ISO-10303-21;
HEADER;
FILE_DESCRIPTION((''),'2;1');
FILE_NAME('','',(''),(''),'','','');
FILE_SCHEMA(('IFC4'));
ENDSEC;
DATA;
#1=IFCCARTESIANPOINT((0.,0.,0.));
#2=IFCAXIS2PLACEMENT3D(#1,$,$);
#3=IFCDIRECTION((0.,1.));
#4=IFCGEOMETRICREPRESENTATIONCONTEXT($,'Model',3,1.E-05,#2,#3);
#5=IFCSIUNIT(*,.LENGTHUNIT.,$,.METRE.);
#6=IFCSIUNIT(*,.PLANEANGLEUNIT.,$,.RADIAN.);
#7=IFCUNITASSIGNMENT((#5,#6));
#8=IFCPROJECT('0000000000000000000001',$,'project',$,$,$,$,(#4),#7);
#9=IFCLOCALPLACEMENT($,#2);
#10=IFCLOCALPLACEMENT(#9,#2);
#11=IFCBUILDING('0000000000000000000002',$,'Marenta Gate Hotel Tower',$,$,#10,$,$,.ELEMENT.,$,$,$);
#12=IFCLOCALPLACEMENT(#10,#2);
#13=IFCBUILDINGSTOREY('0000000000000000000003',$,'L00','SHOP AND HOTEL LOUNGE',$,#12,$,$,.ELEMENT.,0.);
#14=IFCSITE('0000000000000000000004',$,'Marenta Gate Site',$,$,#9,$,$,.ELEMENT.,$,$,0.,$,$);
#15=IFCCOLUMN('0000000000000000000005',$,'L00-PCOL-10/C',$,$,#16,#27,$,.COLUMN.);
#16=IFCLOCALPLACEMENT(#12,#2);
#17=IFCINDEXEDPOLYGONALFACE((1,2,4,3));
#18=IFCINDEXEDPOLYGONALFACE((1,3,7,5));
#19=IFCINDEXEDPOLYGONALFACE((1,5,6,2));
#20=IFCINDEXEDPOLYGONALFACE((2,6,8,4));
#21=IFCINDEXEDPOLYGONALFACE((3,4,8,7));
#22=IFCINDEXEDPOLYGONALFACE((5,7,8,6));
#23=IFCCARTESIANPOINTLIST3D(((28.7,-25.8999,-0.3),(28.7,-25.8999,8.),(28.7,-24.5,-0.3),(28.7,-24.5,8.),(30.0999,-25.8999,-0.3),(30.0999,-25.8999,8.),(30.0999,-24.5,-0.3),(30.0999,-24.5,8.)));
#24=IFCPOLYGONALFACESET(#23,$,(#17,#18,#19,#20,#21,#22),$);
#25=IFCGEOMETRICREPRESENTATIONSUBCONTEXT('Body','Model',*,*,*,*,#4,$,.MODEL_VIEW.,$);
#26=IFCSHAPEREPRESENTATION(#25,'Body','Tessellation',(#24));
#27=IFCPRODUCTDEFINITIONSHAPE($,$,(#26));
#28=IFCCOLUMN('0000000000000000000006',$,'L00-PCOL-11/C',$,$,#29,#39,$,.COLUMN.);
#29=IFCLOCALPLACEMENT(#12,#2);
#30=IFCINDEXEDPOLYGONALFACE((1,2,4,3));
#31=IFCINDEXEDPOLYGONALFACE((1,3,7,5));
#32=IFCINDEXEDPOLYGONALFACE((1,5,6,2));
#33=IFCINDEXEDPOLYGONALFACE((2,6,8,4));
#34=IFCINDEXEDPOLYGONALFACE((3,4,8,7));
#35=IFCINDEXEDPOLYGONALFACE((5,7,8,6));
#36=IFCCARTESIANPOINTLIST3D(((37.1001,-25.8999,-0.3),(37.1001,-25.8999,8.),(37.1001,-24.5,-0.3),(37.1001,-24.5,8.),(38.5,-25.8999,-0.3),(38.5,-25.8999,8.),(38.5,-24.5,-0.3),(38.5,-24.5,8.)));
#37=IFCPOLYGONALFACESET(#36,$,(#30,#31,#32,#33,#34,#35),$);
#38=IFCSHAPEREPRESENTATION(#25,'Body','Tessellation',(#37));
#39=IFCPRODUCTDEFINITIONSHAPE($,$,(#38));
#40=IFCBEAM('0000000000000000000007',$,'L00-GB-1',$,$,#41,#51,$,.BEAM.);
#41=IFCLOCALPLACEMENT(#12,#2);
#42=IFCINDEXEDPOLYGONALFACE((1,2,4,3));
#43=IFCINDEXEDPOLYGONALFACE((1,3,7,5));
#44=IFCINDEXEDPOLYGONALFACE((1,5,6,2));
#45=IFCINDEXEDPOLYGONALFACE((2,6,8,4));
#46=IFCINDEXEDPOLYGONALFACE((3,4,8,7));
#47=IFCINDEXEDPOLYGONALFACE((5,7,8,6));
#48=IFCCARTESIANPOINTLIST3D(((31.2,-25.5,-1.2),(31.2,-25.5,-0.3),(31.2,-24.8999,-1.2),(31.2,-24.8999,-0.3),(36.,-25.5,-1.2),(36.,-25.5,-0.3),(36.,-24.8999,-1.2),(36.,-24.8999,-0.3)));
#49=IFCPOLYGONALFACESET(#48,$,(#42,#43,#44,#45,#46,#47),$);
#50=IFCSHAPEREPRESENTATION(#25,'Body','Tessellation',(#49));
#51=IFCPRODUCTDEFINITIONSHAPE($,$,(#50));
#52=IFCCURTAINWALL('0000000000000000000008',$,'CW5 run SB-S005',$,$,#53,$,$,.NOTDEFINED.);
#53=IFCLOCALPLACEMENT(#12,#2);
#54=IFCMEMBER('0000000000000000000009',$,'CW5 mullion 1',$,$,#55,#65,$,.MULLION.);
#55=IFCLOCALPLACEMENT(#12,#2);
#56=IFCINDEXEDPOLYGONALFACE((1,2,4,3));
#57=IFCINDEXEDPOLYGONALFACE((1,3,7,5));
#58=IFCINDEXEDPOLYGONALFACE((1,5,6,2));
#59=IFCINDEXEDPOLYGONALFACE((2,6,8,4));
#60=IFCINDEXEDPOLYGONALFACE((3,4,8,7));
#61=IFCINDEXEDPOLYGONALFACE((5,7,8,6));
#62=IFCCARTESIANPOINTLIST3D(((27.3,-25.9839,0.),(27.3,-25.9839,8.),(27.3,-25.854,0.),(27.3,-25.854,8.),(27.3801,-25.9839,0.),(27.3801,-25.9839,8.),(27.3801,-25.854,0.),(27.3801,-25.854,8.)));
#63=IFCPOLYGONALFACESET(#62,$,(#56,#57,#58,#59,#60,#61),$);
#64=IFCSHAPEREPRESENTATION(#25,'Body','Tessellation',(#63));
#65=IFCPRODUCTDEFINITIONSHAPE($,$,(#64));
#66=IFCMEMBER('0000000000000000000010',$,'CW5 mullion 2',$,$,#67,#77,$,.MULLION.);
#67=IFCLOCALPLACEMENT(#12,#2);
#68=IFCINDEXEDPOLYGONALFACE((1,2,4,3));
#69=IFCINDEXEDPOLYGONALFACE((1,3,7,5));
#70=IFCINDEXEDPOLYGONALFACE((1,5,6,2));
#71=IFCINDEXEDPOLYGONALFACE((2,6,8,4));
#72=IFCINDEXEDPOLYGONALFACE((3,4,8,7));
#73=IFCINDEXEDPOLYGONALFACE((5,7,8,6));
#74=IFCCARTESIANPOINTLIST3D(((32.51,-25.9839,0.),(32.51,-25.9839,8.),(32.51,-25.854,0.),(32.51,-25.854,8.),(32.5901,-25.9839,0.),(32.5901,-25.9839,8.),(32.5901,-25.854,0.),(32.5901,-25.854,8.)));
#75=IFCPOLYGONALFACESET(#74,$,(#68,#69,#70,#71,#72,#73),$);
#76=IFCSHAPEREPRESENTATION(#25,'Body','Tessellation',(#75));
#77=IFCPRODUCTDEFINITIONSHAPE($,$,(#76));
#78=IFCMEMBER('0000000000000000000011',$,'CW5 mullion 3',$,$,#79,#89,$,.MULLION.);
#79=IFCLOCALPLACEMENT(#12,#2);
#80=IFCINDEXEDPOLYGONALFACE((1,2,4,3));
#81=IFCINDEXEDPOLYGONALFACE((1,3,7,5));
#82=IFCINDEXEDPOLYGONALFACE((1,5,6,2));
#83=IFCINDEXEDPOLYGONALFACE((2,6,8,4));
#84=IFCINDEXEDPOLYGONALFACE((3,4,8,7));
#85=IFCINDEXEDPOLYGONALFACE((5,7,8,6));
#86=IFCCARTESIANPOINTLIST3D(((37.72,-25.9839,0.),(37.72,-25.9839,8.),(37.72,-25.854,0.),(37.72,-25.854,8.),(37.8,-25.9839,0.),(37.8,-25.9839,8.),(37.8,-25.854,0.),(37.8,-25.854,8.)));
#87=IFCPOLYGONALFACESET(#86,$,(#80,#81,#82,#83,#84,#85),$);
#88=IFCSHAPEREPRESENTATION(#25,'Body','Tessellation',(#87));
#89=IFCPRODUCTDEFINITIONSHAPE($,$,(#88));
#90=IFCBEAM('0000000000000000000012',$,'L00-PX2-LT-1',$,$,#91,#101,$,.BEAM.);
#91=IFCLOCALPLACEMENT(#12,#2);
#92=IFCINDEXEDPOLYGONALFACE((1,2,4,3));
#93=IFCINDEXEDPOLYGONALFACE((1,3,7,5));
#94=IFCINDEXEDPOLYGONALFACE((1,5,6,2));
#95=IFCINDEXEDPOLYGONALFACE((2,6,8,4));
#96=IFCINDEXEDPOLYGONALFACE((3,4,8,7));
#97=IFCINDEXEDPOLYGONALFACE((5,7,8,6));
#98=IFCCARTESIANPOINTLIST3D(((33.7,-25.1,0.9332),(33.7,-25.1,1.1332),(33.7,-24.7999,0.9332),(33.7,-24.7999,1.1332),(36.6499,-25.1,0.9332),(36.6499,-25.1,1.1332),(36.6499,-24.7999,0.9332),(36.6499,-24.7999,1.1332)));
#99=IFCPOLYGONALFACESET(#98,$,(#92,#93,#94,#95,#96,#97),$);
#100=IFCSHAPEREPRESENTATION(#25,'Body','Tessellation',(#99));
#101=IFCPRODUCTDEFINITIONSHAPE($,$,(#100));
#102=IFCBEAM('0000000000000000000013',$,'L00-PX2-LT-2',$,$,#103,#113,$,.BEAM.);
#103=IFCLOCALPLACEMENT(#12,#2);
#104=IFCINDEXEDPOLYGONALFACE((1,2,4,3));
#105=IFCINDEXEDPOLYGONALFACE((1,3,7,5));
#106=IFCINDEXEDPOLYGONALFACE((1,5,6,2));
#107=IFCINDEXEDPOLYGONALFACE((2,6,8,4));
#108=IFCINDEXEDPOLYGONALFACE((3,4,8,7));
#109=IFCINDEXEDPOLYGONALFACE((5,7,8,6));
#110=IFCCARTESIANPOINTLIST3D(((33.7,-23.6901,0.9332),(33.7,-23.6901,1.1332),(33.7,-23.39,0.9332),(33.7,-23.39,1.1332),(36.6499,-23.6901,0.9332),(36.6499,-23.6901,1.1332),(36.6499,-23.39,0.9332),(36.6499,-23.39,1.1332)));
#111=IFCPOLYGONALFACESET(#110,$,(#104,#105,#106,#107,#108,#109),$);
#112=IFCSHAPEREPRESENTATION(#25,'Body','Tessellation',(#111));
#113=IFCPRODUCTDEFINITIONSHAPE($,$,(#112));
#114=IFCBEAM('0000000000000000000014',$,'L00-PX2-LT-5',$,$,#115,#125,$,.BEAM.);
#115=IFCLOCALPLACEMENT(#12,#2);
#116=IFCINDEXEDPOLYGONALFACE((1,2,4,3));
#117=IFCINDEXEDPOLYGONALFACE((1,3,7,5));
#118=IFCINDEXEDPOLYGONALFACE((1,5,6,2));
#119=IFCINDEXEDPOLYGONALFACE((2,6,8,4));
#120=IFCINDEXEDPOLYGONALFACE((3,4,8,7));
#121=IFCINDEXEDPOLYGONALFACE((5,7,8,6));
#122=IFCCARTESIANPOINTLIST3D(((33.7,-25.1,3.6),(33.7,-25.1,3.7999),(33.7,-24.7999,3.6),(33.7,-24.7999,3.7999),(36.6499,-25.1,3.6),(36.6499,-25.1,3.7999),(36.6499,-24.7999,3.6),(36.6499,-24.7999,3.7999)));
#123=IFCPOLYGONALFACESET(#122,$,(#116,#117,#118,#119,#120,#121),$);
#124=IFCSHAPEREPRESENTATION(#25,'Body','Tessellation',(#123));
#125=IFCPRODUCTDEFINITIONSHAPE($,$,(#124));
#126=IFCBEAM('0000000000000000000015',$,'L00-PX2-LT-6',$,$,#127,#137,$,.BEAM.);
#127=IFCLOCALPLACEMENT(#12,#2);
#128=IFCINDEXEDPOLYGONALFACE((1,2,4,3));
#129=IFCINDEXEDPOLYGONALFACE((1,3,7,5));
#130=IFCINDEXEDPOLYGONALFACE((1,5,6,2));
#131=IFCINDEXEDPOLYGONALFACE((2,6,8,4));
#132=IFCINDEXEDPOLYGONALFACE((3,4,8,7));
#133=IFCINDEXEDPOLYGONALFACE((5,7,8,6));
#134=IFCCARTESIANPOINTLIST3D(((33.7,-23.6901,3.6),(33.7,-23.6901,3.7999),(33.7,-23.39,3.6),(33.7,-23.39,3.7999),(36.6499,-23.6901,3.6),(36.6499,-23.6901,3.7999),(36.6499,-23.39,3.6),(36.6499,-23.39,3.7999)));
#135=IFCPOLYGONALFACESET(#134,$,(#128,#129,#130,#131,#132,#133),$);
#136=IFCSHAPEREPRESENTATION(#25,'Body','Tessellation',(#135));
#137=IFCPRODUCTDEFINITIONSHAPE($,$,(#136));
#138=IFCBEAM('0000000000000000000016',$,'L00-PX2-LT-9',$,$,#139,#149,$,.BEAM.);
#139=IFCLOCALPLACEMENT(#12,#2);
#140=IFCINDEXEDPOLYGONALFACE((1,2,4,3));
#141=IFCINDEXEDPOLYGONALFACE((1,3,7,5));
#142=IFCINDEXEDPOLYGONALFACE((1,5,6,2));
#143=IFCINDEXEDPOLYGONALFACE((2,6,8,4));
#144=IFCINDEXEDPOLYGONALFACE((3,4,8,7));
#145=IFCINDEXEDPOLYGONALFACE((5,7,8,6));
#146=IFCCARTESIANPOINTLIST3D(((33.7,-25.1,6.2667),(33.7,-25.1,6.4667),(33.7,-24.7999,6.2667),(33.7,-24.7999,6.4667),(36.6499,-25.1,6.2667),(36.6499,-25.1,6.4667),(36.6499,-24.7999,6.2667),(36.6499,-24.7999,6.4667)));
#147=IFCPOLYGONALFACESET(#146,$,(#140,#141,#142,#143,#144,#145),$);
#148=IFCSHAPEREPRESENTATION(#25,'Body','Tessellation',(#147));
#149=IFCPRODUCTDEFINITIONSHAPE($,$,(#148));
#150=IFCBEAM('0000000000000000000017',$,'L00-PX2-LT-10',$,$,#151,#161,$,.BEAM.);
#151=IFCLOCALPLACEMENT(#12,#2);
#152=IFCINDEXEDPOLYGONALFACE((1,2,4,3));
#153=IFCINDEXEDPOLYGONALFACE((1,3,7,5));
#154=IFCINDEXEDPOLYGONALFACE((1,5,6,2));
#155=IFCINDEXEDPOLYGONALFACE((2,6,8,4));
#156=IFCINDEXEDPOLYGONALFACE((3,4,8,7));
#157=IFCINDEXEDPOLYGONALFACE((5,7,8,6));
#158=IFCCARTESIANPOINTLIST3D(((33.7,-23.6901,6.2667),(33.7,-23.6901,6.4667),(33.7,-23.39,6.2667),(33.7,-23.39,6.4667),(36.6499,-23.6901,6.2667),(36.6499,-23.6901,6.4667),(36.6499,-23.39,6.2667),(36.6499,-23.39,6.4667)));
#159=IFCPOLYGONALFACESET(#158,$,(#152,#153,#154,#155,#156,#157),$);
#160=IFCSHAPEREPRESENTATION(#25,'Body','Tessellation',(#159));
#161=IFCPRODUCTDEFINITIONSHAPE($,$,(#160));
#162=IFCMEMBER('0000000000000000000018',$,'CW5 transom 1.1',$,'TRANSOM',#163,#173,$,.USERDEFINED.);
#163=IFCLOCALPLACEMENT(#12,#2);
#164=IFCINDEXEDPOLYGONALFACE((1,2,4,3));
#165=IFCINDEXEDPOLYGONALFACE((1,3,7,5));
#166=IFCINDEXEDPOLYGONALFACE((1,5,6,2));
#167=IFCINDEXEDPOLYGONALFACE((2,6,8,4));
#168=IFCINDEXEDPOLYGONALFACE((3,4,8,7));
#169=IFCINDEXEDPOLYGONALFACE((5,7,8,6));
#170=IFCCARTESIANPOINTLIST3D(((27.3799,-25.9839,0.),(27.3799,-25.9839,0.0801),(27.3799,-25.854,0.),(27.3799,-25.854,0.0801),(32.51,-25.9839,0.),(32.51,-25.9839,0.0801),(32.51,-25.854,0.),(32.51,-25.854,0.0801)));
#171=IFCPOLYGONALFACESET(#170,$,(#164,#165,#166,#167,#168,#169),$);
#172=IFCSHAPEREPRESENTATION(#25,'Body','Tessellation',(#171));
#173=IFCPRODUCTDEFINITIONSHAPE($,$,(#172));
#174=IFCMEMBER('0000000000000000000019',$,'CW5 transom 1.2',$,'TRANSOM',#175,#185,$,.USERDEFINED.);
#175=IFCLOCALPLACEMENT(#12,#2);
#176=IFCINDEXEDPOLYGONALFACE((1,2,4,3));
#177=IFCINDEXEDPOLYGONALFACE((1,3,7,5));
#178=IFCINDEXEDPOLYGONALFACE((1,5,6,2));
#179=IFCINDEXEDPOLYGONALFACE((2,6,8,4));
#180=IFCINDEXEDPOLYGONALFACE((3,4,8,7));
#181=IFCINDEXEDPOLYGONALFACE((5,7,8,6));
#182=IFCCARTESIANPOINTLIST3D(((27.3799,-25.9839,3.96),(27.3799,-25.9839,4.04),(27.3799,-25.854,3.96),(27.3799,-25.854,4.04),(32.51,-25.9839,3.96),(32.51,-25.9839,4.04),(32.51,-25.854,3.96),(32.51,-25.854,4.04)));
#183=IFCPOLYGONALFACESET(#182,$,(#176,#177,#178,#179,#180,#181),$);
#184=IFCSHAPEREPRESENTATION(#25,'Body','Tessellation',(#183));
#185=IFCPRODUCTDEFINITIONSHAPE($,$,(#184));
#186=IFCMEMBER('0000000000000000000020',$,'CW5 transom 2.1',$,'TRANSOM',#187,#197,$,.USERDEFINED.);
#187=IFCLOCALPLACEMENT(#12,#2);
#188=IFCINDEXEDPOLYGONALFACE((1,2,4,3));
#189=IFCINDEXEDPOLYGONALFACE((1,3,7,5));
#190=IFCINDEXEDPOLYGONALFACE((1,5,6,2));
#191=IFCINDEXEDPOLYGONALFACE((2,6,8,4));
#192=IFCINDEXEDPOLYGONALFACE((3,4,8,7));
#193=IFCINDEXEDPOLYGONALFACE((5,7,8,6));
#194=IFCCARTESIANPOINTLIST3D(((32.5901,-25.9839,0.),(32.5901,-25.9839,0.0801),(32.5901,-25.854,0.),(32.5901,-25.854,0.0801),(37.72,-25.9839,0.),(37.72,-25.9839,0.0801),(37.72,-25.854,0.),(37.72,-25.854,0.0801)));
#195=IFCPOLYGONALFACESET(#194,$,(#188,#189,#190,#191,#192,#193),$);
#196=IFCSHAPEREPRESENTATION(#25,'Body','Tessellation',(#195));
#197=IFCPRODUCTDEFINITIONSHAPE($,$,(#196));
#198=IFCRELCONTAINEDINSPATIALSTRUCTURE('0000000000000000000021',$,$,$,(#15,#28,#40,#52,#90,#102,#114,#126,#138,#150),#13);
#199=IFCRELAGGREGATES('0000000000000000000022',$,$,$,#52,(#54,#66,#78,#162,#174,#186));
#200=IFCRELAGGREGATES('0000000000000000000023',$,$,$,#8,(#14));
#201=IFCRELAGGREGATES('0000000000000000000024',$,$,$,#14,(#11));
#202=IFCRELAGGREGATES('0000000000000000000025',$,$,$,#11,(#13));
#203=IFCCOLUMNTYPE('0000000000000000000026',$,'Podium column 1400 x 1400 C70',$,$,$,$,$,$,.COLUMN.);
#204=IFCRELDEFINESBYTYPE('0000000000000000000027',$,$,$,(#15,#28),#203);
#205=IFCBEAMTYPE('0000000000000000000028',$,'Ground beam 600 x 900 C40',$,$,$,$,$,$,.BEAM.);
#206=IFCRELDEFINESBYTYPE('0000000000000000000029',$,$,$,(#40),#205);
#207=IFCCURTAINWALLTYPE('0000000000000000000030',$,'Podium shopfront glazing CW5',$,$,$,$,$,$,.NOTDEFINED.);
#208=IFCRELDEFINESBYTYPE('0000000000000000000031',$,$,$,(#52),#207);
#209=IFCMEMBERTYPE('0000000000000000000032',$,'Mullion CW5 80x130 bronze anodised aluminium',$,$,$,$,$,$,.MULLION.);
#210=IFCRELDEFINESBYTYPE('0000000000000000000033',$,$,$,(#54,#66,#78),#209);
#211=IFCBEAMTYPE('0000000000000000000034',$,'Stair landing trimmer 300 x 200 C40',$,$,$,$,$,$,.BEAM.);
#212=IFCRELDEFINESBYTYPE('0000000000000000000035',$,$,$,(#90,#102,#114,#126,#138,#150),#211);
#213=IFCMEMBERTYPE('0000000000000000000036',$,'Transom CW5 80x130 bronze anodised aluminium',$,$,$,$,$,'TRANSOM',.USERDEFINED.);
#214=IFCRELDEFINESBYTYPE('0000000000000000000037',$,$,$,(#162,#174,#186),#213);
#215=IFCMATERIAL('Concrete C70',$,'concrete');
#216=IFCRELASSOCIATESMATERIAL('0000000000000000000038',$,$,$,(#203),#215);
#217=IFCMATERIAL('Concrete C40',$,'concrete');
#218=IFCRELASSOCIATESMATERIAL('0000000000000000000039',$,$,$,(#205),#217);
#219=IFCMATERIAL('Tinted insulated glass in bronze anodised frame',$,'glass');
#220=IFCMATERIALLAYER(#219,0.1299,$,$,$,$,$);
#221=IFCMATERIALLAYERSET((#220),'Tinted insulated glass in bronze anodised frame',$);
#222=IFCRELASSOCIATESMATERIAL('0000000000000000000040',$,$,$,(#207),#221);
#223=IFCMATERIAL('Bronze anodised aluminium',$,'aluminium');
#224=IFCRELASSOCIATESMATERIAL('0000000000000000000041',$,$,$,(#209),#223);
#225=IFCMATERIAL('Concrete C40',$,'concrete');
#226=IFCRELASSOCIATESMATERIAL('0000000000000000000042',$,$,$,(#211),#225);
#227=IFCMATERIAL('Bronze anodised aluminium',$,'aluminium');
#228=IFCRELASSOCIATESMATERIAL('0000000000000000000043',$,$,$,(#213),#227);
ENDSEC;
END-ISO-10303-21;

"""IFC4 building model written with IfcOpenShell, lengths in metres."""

from ifc_helpers import new_model, si_unit, direction, frame, origin, origin_2d, place, context, subcontext, project, spatial, rectangle, extrude, material, layer, layer_set, material_profile, profile_set, type_object, element, aggregate, save


model = new_model("IFC4")

# Units and contexts
model_context = context("Model", 3, precision=1e-05, world=origin(), true_north=direction((0.0, 1.0)))
body_context = subcontext(model_context, "Body", "Model", "MODEL_VIEW")
ifc_project = project(units=[si_unit("LENGTHUNIT", "METRE"), si_unit("PLANEANGLEUNIT", "RADIAN")], contexts=[model_context])

# Site, building, storey
site_placement = place(None, origin())
site = spatial("IfcSite", under=ifc_project, at=site_placement, Name="Marenta Gate Site", CompositionType="ELEMENT", RefElevation=0.0)
building_placement = place(site_placement, origin())
building = spatial("IfcBuilding", under=site, at=building_placement, Name="Marenta Gate Hotel Tower", CompositionType="ELEMENT")
storey_placement = place(building_placement, origin())
storey = spatial("IfcBuildingStorey", under=building, at=storey_placement, Name="L00", Description="SHOP AND HOTEL LOUNGE", CompositionType="ELEMENT", Elevation=0.0)

# Columns
ifc_material_1 = material(Name="Concrete C70", Category="concrete")
ifc_material_profile_1 = material_profile(ifc_material_1, rectangle(XDim=1.3999, YDim=1.3999, at=origin_2d()), Name="1400 x 1400")
ifc_profile_set_1 = profile_set([ifc_material_profile_1], Name="Concrete C70")
column_type = type_object("IfcColumnType", Name="Podium column 1400 x 1400 C70", PredefinedType="COLUMN", material=ifc_profile_set_1)
for number, where, z_axis, x_axis, name in (
    (1, (29.3999, -25.2, -0.3), (0.0, 0.0, 1.0), (1.0, 0.0, 0.0), "L00-PCOL-10/C"),
    (2, (37.8, -25.2, -0.3), (0.0, 0.0, 1.0), (1.0, 0.0, 0.0), "L00-PCOL-11/C"),
):
    element("IfcColumn", number, at=place(storey_placement, frame(where, z_axis=z_axis, x_axis=x_axis)), inside=storey, type_object=column_type, Name=name, PredefinedType="COLUMN", context=body_context, shape_type="SweptSolid", body=[
        extrude(rectangle(XDim=1.3999, YDim=1.3999, at=origin_2d()), origin(), (0.0, 0.0, 1.0), 8.3),
    ])

# Beam
ifc_material_2 = material(Name="Concrete C40", Category="concrete")
ifc_material_profile_2 = material_profile(ifc_material_2, rectangle(XDim=0.6001, YDim=0.8999, at=origin_2d()), Name="600 x 900")
ifc_profile_set_2 = profile_set([ifc_material_profile_2], Name="Concrete C40")
beam_type_1 = type_object("IfcBeamType", Name="Ground beam 600 x 900 C40", PredefinedType="BEAM", material=ifc_profile_set_2)
beam_placement = place(storey_placement, frame((31.2, -25.2, -0.75), z_axis=(1.0, 0.0, 0.0), x_axis=(0.0, 1.0, 0.0)))
element("IfcBeam", 3, at=beam_placement, inside=storey, type_object=beam_type_1, Name="L00-GB-1", PredefinedType="BEAM", context=body_context, shape_type="SweptSolid", body=[
    extrude(rectangle(XDim=0.6001, YDim=0.8999, at=origin_2d()), origin(), (0.0, 0.0, 1.0), 4.8),
])

# Curtain wall, members
ifc_material_3 = material(Name="Tinted insulated glass in bronze anodised frame", Category="glass")
ifc_layer_1 = layer(ifc_material_3, 0.1299)
ifc_layer_set_1 = layer_set([ifc_layer_1], Name="Tinted insulated glass in bronze anodised frame")
curtain_wall_type = type_object("IfcCurtainWallType", Name="Podium shopfront glazing CW5", PredefinedType="NOTDEFINED", material=ifc_layer_set_1)
curtain_wall_placement = place(storey_placement, origin())
curtain_wall = element("IfcCurtainWall", 4, at=curtain_wall_placement, inside=storey, type_object=curtain_wall_type, Name="CW5 run SB-S005", PredefinedType="NOTDEFINED")
ifc_material_4 = material(Name="Bronze anodised aluminium", Category="aluminium")
ifc_material_profile_3 = material_profile(ifc_material_4, rectangle(XDim=0.1299, YDim=0.0801, at=origin_2d()), Name="Mullion CW5 80x130 bronze anodised aluminium")
ifc_profile_set_3 = profile_set([ifc_material_profile_3], Name="Bronze anodised aluminium")
member_type_1 = type_object("IfcMemberType", Name="Mullion CW5 80x130 bronze anodised aluminium", PredefinedType="MULLION", material=ifc_profile_set_3)
member_1_placement = place(storey_placement, frame((27.3401, -25.9189, 0.0), z_axis=(0.0, 0.0, 1.0), x_axis=(0.0, 1.0, 0.0)))
member_1 = element("IfcMember", 5, at=member_1_placement, type_object=member_type_1, Name="CW5 mullion 1", PredefinedType="MULLION", context=body_context, shape_type="SweptSolid", body=[
    extrude(rectangle(XDim=0.1299, YDim=0.0801, at=origin_2d()), origin(), (0.0, 0.0, 1.0), 8.0),
])
member_2_placement = place(storey_placement, frame((32.55, -25.9189, 0.0), z_axis=(0.0, 0.0, 1.0), x_axis=(0.0, 1.0, 0.0)))
member_2 = element("IfcMember", 6, at=member_2_placement, type_object=member_type_1, Name="CW5 mullion 2", PredefinedType="MULLION", context=body_context, shape_type="SweptSolid", body=[
    extrude(rectangle(XDim=0.1299, YDim=0.0801, at=origin_2d()), origin(), (0.0, 0.0, 1.0), 8.0),
])
member_3_placement = place(storey_placement, frame((37.76, -25.9189, 0.0), z_axis=(0.0, 0.0, 1.0), x_axis=(0.0, 1.0, 0.0)))
member_3 = element("IfcMember", 7, at=member_3_placement, type_object=member_type_1, Name="CW5 mullion 3", PredefinedType="MULLION", context=body_context, shape_type="SweptSolid", body=[
    extrude(rectangle(XDim=0.1299, YDim=0.0801, at=origin_2d()), origin(), (0.0, 0.0, 1.0), 8.0),
])

# Beams
ifc_material_5 = material(Name="Concrete C40", Category="concrete")
ifc_material_profile_4 = material_profile(ifc_material_5, rectangle(XDim=0.3, YDim=0.2, at=origin_2d()), Name="300 x 200")
ifc_profile_set_4 = profile_set([ifc_material_profile_4], Name="Concrete C40")
beam_type_2 = type_object("IfcBeamType", Name="Stair landing trimmer 300 x 200 C40", PredefinedType="BEAM", material=ifc_profile_set_4)
for number, where, z_axis, x_axis, name in (
    (8, (33.7, -24.95, 1.0332), (1.0, 0.0, 0.0), (0.0, 1.0, 0.0), "L00-PX2-LT-1"),
    (9, (33.7, -23.54, 1.0332), (1.0, 0.0, 0.0), (0.0, 1.0, 0.0), "L00-PX2-LT-2"),
    (10, (33.7, -24.95, 3.7), (1.0, 0.0, 0.0), (0.0, 1.0, 0.0), "L00-PX2-LT-5"),
    (11, (33.7, -23.54, 3.7), (1.0, 0.0, 0.0), (0.0, 1.0, 0.0), "L00-PX2-LT-6"),
    (12, (33.7, -24.95, 6.3667), (1.0, 0.0, 0.0), (0.0, 1.0, 0.0), "L00-PX2-LT-9"),
    (13, (33.7, -23.54, 6.3667), (1.0, 0.0, 0.0), (0.0, 1.0, 0.0), "L00-PX2-LT-10"),
):
    element("IfcBeam", number, at=place(storey_placement, frame(where, z_axis=z_axis, x_axis=x_axis)), inside=storey, type_object=beam_type_2, Name=name, PredefinedType="BEAM", context=body_context, shape_type="SweptSolid", body=[
        extrude(rectangle(XDim=0.3, YDim=0.2, at=origin_2d()), origin(), (0.0, 0.0, 1.0), 2.95),
    ])

# Members
ifc_material_6 = material(Name="Bronze anodised aluminium", Category="aluminium")
ifc_material_profile_5 = material_profile(ifc_material_6, rectangle(XDim=0.1299, YDim=0.0801, at=origin_2d()), Name="Transom CW5 80x130 bronze anodised aluminium")
ifc_profile_set_5 = profile_set([ifc_material_profile_5], Name="Bronze anodised aluminium")
member_type_2 = type_object("IfcMemberType", Name="Transom CW5 80x130 bronze anodised aluminium", ElementType="TRANSOM", PredefinedType="USERDEFINED", material=ifc_profile_set_5)
member_4_placement = place(storey_placement, frame((27.3799, -25.9189, 0.04), z_axis=(1.0, 0.0, 0.0), x_axis=(0.0, 1.0, 0.0)))
member_4 = element("IfcMember", 14, at=member_4_placement, type_object=member_type_2, Name="CW5 transom 1.1", ObjectType="TRANSOM", PredefinedType="USERDEFINED", context=body_context, shape_type="SweptSolid", body=[
    extrude(rectangle(XDim=0.1299, YDim=0.0801, at=origin_2d()), origin(), (0.0, 0.0, 1.0), 5.1301),
])
member_5_placement = place(storey_placement, frame((27.3799, -25.9189, 4.0), z_axis=(1.0, 0.0, 0.0), x_axis=(0.0, 1.0, 0.0)))
member_5 = element("IfcMember", 15, at=member_5_placement, type_object=member_type_2, Name="CW5 transom 1.2", ObjectType="TRANSOM", PredefinedType="USERDEFINED", context=body_context, shape_type="SweptSolid", body=[
    extrude(rectangle(XDim=0.1299, YDim=0.0801, at=origin_2d()), origin(), (0.0, 0.0, 1.0), 5.1301),
])
member_6_placement = place(storey_placement, frame((32.5901, -25.9189, 0.04), z_axis=(1.0, 0.0, 0.0), x_axis=(0.0, 1.0, 0.0)))
member_6 = element("IfcMember", 16, at=member_6_placement, type_object=member_type_2, Name="CW5 transom 2.1", ObjectType="TRANSOM", PredefinedType="USERDEFINED", context=body_context, shape_type="SweptSolid", body=[
    extrude(rectangle(XDim=0.1299, YDim=0.0801, at=origin_2d()), origin(), (0.0, 0.0, 1.0), 5.1299),
])

aggregate(curtain_wall, [member_1, member_2, member_3, member_4, member_5, member_6])

save(model, "model.ifc")
